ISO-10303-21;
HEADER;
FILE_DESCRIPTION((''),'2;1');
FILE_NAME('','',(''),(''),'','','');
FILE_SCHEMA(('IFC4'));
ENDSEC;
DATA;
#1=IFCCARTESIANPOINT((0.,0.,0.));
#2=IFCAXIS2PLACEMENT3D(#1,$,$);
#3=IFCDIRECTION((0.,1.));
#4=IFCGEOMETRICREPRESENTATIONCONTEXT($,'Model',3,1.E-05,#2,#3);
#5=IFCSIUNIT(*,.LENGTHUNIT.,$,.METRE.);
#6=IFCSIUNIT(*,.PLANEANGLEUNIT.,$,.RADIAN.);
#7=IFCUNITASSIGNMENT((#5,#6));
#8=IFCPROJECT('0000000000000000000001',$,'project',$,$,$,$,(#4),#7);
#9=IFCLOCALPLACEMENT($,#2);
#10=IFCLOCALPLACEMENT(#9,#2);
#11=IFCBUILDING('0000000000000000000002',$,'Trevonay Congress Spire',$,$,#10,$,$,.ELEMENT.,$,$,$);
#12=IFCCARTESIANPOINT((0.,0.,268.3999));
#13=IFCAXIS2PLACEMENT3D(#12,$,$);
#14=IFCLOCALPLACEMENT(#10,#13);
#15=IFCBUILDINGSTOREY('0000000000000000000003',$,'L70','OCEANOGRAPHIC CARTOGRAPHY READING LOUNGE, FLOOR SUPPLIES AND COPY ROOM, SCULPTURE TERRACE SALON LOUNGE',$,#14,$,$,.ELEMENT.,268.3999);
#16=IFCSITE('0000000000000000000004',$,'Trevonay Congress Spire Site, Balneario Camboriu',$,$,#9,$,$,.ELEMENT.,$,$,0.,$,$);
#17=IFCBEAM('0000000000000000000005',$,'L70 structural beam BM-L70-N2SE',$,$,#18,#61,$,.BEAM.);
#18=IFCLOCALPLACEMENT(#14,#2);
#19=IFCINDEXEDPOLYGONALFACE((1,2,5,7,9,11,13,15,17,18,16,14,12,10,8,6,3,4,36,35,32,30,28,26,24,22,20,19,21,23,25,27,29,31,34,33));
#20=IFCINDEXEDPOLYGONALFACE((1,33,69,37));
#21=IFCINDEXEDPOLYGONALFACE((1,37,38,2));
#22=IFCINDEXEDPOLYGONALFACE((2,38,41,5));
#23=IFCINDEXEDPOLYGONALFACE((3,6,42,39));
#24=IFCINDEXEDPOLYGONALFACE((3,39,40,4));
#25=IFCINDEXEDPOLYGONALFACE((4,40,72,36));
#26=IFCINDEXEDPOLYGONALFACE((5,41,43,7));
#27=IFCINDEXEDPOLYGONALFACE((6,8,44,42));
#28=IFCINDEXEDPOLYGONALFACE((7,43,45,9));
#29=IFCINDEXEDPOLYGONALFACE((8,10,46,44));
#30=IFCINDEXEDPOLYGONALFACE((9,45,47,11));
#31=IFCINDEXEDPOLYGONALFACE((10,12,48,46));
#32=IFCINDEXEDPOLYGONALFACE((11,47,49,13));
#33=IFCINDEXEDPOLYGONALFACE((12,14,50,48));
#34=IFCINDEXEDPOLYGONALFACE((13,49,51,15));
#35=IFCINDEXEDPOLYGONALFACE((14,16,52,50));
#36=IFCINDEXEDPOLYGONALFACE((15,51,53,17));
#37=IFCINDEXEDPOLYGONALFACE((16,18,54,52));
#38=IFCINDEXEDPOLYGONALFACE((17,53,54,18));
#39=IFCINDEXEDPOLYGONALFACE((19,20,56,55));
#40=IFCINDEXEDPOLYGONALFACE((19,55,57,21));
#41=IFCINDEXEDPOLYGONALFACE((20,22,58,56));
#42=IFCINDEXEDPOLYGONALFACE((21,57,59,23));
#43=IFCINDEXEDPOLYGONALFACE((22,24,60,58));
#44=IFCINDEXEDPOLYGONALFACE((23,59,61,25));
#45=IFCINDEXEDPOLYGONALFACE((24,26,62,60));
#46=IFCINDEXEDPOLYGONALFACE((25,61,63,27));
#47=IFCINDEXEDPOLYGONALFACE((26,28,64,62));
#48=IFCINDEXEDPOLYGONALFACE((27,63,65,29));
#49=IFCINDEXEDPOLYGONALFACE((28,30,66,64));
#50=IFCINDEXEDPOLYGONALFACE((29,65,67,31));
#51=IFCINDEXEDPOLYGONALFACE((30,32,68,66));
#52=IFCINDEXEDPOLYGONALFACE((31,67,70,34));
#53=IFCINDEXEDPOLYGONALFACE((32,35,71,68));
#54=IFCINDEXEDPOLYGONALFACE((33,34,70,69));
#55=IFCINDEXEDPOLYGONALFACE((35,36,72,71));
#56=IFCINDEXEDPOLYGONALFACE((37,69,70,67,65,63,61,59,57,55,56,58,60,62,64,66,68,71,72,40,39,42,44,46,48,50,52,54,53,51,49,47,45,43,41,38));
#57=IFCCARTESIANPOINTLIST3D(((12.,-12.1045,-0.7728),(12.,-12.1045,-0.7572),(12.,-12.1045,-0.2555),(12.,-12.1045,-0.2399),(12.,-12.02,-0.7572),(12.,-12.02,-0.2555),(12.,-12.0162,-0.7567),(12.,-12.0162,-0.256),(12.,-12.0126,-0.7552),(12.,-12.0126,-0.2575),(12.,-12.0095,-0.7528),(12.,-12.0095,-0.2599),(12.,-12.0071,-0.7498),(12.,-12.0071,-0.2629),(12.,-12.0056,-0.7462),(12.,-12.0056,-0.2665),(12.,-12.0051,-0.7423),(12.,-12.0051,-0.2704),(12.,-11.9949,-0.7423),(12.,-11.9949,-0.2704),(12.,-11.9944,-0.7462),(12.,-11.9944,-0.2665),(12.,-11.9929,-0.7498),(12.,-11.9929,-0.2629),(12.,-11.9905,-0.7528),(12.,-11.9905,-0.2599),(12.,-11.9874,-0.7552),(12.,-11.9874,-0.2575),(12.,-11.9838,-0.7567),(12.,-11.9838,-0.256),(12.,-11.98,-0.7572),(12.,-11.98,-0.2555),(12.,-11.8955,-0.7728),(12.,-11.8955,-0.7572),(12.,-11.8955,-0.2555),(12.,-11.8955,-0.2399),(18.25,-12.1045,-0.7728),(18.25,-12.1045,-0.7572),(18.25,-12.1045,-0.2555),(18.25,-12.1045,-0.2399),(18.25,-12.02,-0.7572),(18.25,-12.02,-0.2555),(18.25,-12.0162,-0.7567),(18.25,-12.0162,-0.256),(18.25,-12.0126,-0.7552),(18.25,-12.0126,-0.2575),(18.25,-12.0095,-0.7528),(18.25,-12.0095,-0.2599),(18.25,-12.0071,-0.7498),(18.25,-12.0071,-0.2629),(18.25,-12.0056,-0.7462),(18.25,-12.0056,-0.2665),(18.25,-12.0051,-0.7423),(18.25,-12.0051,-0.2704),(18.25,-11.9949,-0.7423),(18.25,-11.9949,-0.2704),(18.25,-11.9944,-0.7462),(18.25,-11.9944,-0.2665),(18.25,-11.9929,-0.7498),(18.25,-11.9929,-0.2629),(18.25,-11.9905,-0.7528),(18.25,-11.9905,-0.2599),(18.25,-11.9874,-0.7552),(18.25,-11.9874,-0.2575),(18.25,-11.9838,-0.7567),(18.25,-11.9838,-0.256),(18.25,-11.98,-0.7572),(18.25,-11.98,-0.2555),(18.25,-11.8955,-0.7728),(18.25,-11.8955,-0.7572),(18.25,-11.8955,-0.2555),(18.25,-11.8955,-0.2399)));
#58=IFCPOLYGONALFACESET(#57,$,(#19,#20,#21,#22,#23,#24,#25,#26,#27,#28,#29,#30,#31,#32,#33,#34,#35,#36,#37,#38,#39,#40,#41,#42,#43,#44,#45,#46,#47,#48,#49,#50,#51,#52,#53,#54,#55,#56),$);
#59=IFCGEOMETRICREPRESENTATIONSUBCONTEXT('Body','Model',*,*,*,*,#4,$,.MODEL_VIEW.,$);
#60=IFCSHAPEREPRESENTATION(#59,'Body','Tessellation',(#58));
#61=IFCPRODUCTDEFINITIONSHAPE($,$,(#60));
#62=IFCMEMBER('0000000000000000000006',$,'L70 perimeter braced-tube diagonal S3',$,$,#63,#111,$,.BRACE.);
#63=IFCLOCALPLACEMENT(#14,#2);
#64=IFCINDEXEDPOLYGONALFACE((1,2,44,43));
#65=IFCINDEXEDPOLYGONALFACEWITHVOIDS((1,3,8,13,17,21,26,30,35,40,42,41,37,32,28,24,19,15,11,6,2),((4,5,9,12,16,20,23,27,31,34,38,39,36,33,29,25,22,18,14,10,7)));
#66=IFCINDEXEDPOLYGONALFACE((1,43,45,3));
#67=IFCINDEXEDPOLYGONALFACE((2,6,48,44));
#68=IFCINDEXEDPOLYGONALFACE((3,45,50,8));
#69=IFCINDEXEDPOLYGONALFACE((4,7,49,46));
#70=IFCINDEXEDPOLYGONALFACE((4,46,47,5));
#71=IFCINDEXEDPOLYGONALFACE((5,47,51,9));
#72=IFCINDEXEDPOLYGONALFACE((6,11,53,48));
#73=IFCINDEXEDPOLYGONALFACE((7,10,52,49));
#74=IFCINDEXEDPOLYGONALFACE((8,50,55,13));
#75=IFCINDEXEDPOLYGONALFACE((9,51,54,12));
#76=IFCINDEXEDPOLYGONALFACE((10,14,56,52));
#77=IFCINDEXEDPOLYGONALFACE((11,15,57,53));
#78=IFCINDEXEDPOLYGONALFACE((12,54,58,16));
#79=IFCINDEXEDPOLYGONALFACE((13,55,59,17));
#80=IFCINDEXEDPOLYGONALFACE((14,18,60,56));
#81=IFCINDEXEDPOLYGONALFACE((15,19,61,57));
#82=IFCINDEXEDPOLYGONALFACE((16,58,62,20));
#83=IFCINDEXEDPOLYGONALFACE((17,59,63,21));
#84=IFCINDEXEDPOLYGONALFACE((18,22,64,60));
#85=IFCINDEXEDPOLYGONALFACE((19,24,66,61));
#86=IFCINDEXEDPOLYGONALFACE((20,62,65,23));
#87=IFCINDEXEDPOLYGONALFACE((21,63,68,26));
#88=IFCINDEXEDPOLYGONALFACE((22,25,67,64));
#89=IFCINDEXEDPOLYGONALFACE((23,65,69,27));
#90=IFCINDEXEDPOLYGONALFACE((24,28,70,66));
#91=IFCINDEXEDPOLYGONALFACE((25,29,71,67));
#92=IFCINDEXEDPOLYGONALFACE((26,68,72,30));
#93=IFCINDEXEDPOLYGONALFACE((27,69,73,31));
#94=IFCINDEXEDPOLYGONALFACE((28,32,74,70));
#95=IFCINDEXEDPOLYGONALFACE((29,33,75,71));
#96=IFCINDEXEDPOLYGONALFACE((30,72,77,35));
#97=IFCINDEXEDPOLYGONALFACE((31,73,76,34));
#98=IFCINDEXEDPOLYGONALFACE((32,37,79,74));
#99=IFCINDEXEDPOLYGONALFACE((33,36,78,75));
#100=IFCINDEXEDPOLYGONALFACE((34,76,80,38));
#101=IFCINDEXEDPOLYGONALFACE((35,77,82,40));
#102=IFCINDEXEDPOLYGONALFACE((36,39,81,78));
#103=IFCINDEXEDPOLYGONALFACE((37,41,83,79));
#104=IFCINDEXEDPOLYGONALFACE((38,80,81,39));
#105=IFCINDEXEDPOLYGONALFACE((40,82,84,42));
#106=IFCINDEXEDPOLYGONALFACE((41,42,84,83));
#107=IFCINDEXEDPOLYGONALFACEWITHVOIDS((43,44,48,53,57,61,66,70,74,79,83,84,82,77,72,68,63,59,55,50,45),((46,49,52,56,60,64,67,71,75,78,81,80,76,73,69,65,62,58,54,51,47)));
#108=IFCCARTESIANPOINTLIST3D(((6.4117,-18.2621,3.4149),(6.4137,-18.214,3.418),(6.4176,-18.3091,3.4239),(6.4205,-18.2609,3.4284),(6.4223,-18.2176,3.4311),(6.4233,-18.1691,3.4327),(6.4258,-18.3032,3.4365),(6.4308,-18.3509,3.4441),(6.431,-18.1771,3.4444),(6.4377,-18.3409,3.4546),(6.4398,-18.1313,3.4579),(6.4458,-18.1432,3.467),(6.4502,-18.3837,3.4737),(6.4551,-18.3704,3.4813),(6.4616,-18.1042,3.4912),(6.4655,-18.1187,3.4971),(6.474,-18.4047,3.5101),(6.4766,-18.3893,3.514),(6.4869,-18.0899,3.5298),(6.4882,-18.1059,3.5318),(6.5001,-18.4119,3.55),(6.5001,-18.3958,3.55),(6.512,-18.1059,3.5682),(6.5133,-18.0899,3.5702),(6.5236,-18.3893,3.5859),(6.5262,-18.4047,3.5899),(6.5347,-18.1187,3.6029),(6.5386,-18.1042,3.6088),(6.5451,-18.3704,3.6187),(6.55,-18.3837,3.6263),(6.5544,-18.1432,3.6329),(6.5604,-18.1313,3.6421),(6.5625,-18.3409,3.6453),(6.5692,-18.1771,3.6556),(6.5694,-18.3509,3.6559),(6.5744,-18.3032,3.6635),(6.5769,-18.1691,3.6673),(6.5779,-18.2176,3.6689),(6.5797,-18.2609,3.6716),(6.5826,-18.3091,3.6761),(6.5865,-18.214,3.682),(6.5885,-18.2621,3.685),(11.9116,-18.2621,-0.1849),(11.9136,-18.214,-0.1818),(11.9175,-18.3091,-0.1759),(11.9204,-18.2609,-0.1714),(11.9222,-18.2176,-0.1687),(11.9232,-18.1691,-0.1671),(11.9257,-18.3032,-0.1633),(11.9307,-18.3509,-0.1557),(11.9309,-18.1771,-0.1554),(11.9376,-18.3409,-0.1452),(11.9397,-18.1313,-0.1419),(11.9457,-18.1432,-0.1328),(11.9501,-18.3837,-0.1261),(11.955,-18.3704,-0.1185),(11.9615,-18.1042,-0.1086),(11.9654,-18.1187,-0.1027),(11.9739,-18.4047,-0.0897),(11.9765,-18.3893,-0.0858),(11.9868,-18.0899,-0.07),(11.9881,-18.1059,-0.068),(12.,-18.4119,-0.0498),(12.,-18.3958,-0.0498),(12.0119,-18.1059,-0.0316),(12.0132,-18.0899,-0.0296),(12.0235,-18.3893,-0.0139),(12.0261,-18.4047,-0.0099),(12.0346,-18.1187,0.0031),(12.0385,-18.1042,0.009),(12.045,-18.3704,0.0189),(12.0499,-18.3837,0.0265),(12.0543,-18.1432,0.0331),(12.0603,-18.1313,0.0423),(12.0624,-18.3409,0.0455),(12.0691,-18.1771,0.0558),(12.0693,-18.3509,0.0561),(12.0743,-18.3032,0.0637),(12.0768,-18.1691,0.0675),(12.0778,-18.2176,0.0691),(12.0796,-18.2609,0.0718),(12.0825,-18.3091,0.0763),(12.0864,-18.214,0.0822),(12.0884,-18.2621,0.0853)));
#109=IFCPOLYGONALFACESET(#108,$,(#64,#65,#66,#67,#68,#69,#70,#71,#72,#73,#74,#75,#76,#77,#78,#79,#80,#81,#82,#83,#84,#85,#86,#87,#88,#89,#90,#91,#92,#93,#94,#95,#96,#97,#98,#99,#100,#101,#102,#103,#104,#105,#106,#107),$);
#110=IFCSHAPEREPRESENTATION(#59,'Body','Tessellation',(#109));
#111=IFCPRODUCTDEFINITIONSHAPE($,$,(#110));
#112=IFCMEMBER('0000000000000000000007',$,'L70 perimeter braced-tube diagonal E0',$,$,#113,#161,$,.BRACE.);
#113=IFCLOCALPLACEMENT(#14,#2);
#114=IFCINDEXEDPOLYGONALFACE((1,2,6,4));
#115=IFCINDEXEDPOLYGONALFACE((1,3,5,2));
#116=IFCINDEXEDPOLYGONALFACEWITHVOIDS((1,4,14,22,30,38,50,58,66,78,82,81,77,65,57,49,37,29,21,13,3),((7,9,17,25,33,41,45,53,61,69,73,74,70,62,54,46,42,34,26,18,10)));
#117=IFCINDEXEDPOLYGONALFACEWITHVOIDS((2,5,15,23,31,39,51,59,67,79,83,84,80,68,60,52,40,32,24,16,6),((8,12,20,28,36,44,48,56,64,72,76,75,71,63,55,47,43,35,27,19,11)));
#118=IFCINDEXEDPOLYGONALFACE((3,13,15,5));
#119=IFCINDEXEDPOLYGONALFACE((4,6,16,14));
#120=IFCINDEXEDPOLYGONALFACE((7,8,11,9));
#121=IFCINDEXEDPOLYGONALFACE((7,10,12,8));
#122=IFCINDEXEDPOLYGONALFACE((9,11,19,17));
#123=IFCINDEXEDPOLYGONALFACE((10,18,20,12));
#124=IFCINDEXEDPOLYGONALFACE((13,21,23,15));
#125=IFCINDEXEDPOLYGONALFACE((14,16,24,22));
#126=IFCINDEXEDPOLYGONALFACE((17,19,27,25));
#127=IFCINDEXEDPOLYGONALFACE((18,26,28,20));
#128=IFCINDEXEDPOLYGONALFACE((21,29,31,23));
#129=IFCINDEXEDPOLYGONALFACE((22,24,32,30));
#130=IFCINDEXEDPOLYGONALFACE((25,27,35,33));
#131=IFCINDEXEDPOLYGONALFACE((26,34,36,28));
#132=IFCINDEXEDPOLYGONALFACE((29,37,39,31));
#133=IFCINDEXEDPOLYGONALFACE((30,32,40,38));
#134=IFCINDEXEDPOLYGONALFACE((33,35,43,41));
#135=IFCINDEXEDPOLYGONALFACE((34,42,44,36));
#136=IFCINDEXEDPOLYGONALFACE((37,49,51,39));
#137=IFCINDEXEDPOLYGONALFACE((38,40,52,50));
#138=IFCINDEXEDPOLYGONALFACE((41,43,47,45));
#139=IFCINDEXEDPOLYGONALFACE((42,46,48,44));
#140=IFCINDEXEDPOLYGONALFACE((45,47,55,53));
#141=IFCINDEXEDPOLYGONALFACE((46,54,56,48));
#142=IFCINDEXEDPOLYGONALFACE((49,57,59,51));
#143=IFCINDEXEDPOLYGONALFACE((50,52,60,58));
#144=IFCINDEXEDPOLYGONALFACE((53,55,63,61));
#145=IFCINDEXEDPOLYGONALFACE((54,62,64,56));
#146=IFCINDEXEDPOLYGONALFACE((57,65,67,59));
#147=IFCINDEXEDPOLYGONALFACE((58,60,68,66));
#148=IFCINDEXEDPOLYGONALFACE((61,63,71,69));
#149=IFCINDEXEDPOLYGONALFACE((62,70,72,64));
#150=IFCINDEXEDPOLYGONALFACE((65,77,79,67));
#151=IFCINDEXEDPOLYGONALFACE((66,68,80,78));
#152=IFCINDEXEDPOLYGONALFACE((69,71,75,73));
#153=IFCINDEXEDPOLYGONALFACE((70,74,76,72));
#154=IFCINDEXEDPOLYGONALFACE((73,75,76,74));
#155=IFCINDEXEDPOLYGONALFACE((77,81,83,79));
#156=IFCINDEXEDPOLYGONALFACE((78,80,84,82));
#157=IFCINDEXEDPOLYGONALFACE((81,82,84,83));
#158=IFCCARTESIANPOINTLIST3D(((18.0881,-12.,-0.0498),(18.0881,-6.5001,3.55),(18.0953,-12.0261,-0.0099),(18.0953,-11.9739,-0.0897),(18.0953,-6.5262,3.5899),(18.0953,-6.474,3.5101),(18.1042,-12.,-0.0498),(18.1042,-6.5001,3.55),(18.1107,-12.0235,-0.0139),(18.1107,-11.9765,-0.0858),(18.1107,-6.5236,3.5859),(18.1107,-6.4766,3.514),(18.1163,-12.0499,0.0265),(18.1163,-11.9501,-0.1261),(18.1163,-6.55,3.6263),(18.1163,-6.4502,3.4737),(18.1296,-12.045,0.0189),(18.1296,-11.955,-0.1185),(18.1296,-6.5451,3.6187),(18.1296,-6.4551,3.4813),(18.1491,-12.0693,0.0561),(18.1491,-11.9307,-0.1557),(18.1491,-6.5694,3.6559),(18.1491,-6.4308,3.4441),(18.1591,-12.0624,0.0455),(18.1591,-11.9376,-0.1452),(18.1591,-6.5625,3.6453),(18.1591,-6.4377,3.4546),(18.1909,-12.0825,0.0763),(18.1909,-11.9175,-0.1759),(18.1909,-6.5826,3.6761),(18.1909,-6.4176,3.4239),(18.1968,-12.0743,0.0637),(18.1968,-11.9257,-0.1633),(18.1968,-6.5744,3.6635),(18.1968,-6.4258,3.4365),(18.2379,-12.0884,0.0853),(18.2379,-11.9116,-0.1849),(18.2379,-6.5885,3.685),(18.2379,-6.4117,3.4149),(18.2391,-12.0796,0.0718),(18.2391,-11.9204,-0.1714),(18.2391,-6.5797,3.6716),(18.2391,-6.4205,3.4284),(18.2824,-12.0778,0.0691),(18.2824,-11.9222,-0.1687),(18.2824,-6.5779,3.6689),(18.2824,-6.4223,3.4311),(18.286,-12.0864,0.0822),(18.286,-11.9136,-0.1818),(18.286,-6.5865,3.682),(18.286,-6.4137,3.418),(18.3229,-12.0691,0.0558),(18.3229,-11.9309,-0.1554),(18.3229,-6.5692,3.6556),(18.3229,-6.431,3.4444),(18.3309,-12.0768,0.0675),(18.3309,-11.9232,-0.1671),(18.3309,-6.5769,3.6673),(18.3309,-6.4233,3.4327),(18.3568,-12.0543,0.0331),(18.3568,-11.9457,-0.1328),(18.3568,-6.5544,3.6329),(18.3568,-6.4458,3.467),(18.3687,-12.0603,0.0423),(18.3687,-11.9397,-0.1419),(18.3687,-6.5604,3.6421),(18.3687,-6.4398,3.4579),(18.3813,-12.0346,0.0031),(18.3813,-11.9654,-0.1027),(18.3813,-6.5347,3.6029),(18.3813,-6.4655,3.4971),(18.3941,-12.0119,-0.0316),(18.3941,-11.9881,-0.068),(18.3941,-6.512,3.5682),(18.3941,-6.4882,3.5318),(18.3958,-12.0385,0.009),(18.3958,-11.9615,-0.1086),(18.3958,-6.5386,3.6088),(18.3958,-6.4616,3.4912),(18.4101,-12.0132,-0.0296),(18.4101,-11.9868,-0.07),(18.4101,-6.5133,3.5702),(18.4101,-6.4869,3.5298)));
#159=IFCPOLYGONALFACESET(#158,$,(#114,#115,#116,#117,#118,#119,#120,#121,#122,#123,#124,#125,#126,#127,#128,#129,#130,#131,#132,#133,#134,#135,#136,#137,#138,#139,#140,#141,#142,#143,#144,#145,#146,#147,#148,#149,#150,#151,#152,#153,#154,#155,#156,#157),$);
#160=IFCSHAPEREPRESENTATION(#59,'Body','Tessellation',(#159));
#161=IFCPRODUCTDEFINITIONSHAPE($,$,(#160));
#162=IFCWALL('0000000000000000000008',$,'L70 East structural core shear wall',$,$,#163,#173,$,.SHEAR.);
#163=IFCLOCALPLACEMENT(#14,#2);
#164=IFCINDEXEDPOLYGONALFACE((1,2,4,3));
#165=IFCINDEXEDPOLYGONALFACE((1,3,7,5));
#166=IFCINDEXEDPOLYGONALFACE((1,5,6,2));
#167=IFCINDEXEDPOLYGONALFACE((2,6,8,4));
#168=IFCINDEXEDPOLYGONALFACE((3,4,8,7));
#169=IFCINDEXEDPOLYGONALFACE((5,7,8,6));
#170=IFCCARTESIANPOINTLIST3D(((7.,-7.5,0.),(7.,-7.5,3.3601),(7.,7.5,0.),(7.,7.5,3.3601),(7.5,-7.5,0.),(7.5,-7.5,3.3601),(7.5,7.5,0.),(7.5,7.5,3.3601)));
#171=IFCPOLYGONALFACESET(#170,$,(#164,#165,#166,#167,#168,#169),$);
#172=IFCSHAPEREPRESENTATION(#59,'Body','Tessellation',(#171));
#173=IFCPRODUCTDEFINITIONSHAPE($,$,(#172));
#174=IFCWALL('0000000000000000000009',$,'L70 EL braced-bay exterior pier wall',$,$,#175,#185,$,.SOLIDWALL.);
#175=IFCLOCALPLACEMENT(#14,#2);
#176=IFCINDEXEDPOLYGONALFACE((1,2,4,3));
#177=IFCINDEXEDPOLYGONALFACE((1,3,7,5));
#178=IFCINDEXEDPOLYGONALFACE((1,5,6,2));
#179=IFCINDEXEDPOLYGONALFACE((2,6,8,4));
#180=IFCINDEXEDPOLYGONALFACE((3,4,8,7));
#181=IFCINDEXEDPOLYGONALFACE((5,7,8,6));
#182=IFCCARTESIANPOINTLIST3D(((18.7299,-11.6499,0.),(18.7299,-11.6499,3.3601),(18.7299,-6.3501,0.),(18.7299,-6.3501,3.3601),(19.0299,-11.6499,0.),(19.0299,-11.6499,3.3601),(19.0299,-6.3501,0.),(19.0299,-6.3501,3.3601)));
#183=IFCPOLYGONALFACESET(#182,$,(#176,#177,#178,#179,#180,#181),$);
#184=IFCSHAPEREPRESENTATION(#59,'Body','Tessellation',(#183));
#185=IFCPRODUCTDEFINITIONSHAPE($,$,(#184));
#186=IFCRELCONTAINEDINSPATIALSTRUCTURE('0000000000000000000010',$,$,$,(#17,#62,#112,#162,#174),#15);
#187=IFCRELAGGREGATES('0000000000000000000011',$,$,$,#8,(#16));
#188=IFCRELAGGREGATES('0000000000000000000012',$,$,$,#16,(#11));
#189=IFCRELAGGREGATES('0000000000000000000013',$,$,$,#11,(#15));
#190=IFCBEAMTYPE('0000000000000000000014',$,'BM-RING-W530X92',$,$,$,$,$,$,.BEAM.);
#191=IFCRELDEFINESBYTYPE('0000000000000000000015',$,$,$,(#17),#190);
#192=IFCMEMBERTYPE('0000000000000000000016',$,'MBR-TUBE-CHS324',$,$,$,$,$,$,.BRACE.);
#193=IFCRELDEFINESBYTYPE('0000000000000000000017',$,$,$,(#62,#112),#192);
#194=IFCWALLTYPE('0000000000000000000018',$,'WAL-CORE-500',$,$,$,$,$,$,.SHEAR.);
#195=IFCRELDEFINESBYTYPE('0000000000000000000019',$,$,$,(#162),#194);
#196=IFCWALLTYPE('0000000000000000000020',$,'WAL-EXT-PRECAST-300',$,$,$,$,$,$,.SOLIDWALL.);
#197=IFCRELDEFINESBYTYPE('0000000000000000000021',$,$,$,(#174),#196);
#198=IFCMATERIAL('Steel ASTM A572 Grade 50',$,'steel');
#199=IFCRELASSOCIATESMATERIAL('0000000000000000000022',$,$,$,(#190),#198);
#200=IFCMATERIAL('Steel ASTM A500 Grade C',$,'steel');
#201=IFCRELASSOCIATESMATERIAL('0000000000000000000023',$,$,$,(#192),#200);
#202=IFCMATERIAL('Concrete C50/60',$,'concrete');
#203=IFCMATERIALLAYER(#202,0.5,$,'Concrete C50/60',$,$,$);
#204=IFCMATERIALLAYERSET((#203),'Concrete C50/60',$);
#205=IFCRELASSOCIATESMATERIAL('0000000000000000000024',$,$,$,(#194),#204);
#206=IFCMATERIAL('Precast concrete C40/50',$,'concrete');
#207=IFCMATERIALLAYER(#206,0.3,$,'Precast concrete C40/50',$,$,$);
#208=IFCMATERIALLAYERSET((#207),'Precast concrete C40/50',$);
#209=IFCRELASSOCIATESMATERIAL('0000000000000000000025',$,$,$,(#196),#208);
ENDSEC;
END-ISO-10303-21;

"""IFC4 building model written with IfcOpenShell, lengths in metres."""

from ifc_helpers import new_model, si_unit, direction, frame, frame_2d, origin, origin_2d, place, context, subcontext, project, spatial, rectangle, hollow_circle, i_section, extrude, material, layer, layer_set, material_profile, profile_set, type_object, element, save


model = new_model("IFC4")

# Units and contexts
model_context = context("Model", 3, precision=1e-05, world=origin(), true_north=direction((0.0, 1.0)))
body_context = subcontext(model_context, "Body", "Model", "MODEL_VIEW")
ifc_project = project(units=[si_unit("LENGTHUNIT", "METRE"), si_unit("PLANEANGLEUNIT", "RADIAN")], contexts=[model_context])

# Site, building, storey
site_placement = place(None, origin())
site = spatial("IfcSite", under=ifc_project, at=site_placement, Name="Trevonay Congress Spire Site, Balneario Camboriu", CompositionType="ELEMENT", RefElevation=0.0)
building_placement = place(site_placement, origin())
building = spatial("IfcBuilding", under=site, at=building_placement, Name="Trevonay Congress Spire", CompositionType="ELEMENT")
storey_placement = place(building_placement, frame((0.0, 0.0, 268.3999)))
storey = spatial("IfcBuildingStorey", under=building, at=storey_placement, Name="L70", Description="OCEANOGRAPHIC CARTOGRAPHY READING LOUNGE, FLOOR SUPPLIES AND COPY ROOM, SCULPTURE TERRACE SALON LOUNGE", CompositionType="ELEMENT", Elevation=268.3999)

# Shared definitions
ifc_material_1 = material(Name="Steel ASTM A572 Grade 50", Category="steel")

# Beam
ifc_material_profile_1 = material_profile(ifc_material_1, i_section(OverallWidth=0.209, OverallDepth=0.533, WebThickness=0.0103, FlangeThickness=0.0156, FilletRadius=0.0149, at=origin_2d()), Name="W530x92")
ifc_profile_set_1 = profile_set([ifc_material_profile_1], Name="Steel ASTM A572 Grade 50")
beam_type = type_object("IfcBeamType", Name="BM-RING-W530X92", PredefinedType="BEAM", material=ifc_profile_set_1)
for number, where, z_axis, x_axis, name in (
    (1, (18.25, -12.0, -0.5063), (-1.0, 0.0, 0.0), (0.0, -1.0, 0.0), "L70 structural beam BM-L70-N2SE"),
):
    element("IfcBeam", number, at=place(storey_placement, frame(where, z_axis=z_axis, x_axis=x_axis)), inside=storey, type_object=beam_type, Name=name, PredefinedType="BEAM", context=body_context, shape_type="SweptSolid", body=[
        extrude(i_section(OverallWidth=0.209, OverallDepth=0.533, WebThickness=0.0103, FlangeThickness=0.0156, FilletRadius=0.0149, at=origin_2d()), origin(), (0.0, 0.0, 1.0), 6.25),
    ])

# Members
ifc_material_2 = material(Name="Steel ASTM A500 Grade C", Category="steel")
ifc_material_profile_2 = material_profile(ifc_material_2, hollow_circle(Radius=0.1619, WallThickness=0.0161, at=origin_2d()), Name="CHS 323.9x16")
ifc_profile_set_2 = profile_set([ifc_material_profile_2], Name="Steel ASTM A500 Grade C")
member_type = type_object("IfcMemberType", Name="MBR-TUBE-CHS324", PredefinedType="BRACE", material=ifc_profile_set_2)
for number, where, z_axis, x_axis, name in (
    (2, (12.0, -18.25, -0.0498), (-0.836712, 0.0, 0.547644), (0.0, -1.0, 0.0), "L70 perimeter braced-tube diagonal S3"),
    (3, (18.25, -12.0, -0.0498), (0.0, 0.836712, 0.547644), (-1.0, 0.0, 0.0), "L70 perimeter braced-tube diagonal E0"),
):
    element("IfcMember", number, at=place(storey_placement, frame(where, z_axis=z_axis, x_axis=x_axis)), inside=storey, type_object=member_type, Name=name, PredefinedType="BRACE", context=body_context, shape_type="SweptSolid", body=[
        extrude(hollow_circle(Radius=0.1619, WallThickness=0.0161, at=origin_2d()), origin(), (0.0, 0.0, 1.0), 6.5732),
    ])

# Walls
ifc_material_3 = material(Name="Concrete C50/60", Category="concrete")
ifc_layer_1 = layer(ifc_material_3, 0.5, Name="Concrete C50/60")
ifc_layer_set_1 = layer_set([ifc_layer_1], Name="Concrete C50/60")
wall_type_1 = type_object("IfcWallType", Name="WAL-CORE-500", PredefinedType="SHEAR", material=ifc_layer_set_1)
wall_1_placement = place(storey_placement, frame((7.25, -7.5, 0.0), z_axis=(0.0, 0.0, 1.0), x_axis=(0.0, 1.0, 0.0)))
element("IfcWall", 4, at=wall_1_placement, inside=storey, type_object=wall_type_1, Name="L70 East structural core shear wall", PredefinedType="SHEAR", context=body_context, shape_type="SweptSolid", body=[
    extrude(rectangle(XDim=15.0, YDim=0.5, at=frame_2d((7.5, 0.0))), origin(), (0.0, 0.0, 1.0), 3.3601),
])
ifc_material_4 = material(Name="Precast concrete C40/50", Category="concrete")
ifc_layer_2 = layer(ifc_material_4, 0.3, Name="Precast concrete C40/50")
ifc_layer_set_2 = layer_set([ifc_layer_2], Name="Precast concrete C40/50")
wall_type_2 = type_object("IfcWallType", Name="WAL-EXT-PRECAST-300", PredefinedType="SOLIDWALL", material=ifc_layer_set_2)
wall_2_placement = place(storey_placement, frame((18.8799, -11.6499, 0.0), z_axis=(0.0, 0.0, 1.0), x_axis=(0.0, 1.0, 0.0)))
element("IfcWall", 5, at=wall_2_placement, inside=storey, type_object=wall_type_2, Name="L70 EL braced-bay exterior pier wall", PredefinedType="SOLIDWALL", context=body_context, shape_type="SweptSolid", body=[
    extrude(rectangle(XDim=5.2998, YDim=0.3, at=frame_2d((2.6499, 0.0))), origin(), (0.0, 0.0, 1.0), 3.3601),
])

save(model, "model.ifc")
